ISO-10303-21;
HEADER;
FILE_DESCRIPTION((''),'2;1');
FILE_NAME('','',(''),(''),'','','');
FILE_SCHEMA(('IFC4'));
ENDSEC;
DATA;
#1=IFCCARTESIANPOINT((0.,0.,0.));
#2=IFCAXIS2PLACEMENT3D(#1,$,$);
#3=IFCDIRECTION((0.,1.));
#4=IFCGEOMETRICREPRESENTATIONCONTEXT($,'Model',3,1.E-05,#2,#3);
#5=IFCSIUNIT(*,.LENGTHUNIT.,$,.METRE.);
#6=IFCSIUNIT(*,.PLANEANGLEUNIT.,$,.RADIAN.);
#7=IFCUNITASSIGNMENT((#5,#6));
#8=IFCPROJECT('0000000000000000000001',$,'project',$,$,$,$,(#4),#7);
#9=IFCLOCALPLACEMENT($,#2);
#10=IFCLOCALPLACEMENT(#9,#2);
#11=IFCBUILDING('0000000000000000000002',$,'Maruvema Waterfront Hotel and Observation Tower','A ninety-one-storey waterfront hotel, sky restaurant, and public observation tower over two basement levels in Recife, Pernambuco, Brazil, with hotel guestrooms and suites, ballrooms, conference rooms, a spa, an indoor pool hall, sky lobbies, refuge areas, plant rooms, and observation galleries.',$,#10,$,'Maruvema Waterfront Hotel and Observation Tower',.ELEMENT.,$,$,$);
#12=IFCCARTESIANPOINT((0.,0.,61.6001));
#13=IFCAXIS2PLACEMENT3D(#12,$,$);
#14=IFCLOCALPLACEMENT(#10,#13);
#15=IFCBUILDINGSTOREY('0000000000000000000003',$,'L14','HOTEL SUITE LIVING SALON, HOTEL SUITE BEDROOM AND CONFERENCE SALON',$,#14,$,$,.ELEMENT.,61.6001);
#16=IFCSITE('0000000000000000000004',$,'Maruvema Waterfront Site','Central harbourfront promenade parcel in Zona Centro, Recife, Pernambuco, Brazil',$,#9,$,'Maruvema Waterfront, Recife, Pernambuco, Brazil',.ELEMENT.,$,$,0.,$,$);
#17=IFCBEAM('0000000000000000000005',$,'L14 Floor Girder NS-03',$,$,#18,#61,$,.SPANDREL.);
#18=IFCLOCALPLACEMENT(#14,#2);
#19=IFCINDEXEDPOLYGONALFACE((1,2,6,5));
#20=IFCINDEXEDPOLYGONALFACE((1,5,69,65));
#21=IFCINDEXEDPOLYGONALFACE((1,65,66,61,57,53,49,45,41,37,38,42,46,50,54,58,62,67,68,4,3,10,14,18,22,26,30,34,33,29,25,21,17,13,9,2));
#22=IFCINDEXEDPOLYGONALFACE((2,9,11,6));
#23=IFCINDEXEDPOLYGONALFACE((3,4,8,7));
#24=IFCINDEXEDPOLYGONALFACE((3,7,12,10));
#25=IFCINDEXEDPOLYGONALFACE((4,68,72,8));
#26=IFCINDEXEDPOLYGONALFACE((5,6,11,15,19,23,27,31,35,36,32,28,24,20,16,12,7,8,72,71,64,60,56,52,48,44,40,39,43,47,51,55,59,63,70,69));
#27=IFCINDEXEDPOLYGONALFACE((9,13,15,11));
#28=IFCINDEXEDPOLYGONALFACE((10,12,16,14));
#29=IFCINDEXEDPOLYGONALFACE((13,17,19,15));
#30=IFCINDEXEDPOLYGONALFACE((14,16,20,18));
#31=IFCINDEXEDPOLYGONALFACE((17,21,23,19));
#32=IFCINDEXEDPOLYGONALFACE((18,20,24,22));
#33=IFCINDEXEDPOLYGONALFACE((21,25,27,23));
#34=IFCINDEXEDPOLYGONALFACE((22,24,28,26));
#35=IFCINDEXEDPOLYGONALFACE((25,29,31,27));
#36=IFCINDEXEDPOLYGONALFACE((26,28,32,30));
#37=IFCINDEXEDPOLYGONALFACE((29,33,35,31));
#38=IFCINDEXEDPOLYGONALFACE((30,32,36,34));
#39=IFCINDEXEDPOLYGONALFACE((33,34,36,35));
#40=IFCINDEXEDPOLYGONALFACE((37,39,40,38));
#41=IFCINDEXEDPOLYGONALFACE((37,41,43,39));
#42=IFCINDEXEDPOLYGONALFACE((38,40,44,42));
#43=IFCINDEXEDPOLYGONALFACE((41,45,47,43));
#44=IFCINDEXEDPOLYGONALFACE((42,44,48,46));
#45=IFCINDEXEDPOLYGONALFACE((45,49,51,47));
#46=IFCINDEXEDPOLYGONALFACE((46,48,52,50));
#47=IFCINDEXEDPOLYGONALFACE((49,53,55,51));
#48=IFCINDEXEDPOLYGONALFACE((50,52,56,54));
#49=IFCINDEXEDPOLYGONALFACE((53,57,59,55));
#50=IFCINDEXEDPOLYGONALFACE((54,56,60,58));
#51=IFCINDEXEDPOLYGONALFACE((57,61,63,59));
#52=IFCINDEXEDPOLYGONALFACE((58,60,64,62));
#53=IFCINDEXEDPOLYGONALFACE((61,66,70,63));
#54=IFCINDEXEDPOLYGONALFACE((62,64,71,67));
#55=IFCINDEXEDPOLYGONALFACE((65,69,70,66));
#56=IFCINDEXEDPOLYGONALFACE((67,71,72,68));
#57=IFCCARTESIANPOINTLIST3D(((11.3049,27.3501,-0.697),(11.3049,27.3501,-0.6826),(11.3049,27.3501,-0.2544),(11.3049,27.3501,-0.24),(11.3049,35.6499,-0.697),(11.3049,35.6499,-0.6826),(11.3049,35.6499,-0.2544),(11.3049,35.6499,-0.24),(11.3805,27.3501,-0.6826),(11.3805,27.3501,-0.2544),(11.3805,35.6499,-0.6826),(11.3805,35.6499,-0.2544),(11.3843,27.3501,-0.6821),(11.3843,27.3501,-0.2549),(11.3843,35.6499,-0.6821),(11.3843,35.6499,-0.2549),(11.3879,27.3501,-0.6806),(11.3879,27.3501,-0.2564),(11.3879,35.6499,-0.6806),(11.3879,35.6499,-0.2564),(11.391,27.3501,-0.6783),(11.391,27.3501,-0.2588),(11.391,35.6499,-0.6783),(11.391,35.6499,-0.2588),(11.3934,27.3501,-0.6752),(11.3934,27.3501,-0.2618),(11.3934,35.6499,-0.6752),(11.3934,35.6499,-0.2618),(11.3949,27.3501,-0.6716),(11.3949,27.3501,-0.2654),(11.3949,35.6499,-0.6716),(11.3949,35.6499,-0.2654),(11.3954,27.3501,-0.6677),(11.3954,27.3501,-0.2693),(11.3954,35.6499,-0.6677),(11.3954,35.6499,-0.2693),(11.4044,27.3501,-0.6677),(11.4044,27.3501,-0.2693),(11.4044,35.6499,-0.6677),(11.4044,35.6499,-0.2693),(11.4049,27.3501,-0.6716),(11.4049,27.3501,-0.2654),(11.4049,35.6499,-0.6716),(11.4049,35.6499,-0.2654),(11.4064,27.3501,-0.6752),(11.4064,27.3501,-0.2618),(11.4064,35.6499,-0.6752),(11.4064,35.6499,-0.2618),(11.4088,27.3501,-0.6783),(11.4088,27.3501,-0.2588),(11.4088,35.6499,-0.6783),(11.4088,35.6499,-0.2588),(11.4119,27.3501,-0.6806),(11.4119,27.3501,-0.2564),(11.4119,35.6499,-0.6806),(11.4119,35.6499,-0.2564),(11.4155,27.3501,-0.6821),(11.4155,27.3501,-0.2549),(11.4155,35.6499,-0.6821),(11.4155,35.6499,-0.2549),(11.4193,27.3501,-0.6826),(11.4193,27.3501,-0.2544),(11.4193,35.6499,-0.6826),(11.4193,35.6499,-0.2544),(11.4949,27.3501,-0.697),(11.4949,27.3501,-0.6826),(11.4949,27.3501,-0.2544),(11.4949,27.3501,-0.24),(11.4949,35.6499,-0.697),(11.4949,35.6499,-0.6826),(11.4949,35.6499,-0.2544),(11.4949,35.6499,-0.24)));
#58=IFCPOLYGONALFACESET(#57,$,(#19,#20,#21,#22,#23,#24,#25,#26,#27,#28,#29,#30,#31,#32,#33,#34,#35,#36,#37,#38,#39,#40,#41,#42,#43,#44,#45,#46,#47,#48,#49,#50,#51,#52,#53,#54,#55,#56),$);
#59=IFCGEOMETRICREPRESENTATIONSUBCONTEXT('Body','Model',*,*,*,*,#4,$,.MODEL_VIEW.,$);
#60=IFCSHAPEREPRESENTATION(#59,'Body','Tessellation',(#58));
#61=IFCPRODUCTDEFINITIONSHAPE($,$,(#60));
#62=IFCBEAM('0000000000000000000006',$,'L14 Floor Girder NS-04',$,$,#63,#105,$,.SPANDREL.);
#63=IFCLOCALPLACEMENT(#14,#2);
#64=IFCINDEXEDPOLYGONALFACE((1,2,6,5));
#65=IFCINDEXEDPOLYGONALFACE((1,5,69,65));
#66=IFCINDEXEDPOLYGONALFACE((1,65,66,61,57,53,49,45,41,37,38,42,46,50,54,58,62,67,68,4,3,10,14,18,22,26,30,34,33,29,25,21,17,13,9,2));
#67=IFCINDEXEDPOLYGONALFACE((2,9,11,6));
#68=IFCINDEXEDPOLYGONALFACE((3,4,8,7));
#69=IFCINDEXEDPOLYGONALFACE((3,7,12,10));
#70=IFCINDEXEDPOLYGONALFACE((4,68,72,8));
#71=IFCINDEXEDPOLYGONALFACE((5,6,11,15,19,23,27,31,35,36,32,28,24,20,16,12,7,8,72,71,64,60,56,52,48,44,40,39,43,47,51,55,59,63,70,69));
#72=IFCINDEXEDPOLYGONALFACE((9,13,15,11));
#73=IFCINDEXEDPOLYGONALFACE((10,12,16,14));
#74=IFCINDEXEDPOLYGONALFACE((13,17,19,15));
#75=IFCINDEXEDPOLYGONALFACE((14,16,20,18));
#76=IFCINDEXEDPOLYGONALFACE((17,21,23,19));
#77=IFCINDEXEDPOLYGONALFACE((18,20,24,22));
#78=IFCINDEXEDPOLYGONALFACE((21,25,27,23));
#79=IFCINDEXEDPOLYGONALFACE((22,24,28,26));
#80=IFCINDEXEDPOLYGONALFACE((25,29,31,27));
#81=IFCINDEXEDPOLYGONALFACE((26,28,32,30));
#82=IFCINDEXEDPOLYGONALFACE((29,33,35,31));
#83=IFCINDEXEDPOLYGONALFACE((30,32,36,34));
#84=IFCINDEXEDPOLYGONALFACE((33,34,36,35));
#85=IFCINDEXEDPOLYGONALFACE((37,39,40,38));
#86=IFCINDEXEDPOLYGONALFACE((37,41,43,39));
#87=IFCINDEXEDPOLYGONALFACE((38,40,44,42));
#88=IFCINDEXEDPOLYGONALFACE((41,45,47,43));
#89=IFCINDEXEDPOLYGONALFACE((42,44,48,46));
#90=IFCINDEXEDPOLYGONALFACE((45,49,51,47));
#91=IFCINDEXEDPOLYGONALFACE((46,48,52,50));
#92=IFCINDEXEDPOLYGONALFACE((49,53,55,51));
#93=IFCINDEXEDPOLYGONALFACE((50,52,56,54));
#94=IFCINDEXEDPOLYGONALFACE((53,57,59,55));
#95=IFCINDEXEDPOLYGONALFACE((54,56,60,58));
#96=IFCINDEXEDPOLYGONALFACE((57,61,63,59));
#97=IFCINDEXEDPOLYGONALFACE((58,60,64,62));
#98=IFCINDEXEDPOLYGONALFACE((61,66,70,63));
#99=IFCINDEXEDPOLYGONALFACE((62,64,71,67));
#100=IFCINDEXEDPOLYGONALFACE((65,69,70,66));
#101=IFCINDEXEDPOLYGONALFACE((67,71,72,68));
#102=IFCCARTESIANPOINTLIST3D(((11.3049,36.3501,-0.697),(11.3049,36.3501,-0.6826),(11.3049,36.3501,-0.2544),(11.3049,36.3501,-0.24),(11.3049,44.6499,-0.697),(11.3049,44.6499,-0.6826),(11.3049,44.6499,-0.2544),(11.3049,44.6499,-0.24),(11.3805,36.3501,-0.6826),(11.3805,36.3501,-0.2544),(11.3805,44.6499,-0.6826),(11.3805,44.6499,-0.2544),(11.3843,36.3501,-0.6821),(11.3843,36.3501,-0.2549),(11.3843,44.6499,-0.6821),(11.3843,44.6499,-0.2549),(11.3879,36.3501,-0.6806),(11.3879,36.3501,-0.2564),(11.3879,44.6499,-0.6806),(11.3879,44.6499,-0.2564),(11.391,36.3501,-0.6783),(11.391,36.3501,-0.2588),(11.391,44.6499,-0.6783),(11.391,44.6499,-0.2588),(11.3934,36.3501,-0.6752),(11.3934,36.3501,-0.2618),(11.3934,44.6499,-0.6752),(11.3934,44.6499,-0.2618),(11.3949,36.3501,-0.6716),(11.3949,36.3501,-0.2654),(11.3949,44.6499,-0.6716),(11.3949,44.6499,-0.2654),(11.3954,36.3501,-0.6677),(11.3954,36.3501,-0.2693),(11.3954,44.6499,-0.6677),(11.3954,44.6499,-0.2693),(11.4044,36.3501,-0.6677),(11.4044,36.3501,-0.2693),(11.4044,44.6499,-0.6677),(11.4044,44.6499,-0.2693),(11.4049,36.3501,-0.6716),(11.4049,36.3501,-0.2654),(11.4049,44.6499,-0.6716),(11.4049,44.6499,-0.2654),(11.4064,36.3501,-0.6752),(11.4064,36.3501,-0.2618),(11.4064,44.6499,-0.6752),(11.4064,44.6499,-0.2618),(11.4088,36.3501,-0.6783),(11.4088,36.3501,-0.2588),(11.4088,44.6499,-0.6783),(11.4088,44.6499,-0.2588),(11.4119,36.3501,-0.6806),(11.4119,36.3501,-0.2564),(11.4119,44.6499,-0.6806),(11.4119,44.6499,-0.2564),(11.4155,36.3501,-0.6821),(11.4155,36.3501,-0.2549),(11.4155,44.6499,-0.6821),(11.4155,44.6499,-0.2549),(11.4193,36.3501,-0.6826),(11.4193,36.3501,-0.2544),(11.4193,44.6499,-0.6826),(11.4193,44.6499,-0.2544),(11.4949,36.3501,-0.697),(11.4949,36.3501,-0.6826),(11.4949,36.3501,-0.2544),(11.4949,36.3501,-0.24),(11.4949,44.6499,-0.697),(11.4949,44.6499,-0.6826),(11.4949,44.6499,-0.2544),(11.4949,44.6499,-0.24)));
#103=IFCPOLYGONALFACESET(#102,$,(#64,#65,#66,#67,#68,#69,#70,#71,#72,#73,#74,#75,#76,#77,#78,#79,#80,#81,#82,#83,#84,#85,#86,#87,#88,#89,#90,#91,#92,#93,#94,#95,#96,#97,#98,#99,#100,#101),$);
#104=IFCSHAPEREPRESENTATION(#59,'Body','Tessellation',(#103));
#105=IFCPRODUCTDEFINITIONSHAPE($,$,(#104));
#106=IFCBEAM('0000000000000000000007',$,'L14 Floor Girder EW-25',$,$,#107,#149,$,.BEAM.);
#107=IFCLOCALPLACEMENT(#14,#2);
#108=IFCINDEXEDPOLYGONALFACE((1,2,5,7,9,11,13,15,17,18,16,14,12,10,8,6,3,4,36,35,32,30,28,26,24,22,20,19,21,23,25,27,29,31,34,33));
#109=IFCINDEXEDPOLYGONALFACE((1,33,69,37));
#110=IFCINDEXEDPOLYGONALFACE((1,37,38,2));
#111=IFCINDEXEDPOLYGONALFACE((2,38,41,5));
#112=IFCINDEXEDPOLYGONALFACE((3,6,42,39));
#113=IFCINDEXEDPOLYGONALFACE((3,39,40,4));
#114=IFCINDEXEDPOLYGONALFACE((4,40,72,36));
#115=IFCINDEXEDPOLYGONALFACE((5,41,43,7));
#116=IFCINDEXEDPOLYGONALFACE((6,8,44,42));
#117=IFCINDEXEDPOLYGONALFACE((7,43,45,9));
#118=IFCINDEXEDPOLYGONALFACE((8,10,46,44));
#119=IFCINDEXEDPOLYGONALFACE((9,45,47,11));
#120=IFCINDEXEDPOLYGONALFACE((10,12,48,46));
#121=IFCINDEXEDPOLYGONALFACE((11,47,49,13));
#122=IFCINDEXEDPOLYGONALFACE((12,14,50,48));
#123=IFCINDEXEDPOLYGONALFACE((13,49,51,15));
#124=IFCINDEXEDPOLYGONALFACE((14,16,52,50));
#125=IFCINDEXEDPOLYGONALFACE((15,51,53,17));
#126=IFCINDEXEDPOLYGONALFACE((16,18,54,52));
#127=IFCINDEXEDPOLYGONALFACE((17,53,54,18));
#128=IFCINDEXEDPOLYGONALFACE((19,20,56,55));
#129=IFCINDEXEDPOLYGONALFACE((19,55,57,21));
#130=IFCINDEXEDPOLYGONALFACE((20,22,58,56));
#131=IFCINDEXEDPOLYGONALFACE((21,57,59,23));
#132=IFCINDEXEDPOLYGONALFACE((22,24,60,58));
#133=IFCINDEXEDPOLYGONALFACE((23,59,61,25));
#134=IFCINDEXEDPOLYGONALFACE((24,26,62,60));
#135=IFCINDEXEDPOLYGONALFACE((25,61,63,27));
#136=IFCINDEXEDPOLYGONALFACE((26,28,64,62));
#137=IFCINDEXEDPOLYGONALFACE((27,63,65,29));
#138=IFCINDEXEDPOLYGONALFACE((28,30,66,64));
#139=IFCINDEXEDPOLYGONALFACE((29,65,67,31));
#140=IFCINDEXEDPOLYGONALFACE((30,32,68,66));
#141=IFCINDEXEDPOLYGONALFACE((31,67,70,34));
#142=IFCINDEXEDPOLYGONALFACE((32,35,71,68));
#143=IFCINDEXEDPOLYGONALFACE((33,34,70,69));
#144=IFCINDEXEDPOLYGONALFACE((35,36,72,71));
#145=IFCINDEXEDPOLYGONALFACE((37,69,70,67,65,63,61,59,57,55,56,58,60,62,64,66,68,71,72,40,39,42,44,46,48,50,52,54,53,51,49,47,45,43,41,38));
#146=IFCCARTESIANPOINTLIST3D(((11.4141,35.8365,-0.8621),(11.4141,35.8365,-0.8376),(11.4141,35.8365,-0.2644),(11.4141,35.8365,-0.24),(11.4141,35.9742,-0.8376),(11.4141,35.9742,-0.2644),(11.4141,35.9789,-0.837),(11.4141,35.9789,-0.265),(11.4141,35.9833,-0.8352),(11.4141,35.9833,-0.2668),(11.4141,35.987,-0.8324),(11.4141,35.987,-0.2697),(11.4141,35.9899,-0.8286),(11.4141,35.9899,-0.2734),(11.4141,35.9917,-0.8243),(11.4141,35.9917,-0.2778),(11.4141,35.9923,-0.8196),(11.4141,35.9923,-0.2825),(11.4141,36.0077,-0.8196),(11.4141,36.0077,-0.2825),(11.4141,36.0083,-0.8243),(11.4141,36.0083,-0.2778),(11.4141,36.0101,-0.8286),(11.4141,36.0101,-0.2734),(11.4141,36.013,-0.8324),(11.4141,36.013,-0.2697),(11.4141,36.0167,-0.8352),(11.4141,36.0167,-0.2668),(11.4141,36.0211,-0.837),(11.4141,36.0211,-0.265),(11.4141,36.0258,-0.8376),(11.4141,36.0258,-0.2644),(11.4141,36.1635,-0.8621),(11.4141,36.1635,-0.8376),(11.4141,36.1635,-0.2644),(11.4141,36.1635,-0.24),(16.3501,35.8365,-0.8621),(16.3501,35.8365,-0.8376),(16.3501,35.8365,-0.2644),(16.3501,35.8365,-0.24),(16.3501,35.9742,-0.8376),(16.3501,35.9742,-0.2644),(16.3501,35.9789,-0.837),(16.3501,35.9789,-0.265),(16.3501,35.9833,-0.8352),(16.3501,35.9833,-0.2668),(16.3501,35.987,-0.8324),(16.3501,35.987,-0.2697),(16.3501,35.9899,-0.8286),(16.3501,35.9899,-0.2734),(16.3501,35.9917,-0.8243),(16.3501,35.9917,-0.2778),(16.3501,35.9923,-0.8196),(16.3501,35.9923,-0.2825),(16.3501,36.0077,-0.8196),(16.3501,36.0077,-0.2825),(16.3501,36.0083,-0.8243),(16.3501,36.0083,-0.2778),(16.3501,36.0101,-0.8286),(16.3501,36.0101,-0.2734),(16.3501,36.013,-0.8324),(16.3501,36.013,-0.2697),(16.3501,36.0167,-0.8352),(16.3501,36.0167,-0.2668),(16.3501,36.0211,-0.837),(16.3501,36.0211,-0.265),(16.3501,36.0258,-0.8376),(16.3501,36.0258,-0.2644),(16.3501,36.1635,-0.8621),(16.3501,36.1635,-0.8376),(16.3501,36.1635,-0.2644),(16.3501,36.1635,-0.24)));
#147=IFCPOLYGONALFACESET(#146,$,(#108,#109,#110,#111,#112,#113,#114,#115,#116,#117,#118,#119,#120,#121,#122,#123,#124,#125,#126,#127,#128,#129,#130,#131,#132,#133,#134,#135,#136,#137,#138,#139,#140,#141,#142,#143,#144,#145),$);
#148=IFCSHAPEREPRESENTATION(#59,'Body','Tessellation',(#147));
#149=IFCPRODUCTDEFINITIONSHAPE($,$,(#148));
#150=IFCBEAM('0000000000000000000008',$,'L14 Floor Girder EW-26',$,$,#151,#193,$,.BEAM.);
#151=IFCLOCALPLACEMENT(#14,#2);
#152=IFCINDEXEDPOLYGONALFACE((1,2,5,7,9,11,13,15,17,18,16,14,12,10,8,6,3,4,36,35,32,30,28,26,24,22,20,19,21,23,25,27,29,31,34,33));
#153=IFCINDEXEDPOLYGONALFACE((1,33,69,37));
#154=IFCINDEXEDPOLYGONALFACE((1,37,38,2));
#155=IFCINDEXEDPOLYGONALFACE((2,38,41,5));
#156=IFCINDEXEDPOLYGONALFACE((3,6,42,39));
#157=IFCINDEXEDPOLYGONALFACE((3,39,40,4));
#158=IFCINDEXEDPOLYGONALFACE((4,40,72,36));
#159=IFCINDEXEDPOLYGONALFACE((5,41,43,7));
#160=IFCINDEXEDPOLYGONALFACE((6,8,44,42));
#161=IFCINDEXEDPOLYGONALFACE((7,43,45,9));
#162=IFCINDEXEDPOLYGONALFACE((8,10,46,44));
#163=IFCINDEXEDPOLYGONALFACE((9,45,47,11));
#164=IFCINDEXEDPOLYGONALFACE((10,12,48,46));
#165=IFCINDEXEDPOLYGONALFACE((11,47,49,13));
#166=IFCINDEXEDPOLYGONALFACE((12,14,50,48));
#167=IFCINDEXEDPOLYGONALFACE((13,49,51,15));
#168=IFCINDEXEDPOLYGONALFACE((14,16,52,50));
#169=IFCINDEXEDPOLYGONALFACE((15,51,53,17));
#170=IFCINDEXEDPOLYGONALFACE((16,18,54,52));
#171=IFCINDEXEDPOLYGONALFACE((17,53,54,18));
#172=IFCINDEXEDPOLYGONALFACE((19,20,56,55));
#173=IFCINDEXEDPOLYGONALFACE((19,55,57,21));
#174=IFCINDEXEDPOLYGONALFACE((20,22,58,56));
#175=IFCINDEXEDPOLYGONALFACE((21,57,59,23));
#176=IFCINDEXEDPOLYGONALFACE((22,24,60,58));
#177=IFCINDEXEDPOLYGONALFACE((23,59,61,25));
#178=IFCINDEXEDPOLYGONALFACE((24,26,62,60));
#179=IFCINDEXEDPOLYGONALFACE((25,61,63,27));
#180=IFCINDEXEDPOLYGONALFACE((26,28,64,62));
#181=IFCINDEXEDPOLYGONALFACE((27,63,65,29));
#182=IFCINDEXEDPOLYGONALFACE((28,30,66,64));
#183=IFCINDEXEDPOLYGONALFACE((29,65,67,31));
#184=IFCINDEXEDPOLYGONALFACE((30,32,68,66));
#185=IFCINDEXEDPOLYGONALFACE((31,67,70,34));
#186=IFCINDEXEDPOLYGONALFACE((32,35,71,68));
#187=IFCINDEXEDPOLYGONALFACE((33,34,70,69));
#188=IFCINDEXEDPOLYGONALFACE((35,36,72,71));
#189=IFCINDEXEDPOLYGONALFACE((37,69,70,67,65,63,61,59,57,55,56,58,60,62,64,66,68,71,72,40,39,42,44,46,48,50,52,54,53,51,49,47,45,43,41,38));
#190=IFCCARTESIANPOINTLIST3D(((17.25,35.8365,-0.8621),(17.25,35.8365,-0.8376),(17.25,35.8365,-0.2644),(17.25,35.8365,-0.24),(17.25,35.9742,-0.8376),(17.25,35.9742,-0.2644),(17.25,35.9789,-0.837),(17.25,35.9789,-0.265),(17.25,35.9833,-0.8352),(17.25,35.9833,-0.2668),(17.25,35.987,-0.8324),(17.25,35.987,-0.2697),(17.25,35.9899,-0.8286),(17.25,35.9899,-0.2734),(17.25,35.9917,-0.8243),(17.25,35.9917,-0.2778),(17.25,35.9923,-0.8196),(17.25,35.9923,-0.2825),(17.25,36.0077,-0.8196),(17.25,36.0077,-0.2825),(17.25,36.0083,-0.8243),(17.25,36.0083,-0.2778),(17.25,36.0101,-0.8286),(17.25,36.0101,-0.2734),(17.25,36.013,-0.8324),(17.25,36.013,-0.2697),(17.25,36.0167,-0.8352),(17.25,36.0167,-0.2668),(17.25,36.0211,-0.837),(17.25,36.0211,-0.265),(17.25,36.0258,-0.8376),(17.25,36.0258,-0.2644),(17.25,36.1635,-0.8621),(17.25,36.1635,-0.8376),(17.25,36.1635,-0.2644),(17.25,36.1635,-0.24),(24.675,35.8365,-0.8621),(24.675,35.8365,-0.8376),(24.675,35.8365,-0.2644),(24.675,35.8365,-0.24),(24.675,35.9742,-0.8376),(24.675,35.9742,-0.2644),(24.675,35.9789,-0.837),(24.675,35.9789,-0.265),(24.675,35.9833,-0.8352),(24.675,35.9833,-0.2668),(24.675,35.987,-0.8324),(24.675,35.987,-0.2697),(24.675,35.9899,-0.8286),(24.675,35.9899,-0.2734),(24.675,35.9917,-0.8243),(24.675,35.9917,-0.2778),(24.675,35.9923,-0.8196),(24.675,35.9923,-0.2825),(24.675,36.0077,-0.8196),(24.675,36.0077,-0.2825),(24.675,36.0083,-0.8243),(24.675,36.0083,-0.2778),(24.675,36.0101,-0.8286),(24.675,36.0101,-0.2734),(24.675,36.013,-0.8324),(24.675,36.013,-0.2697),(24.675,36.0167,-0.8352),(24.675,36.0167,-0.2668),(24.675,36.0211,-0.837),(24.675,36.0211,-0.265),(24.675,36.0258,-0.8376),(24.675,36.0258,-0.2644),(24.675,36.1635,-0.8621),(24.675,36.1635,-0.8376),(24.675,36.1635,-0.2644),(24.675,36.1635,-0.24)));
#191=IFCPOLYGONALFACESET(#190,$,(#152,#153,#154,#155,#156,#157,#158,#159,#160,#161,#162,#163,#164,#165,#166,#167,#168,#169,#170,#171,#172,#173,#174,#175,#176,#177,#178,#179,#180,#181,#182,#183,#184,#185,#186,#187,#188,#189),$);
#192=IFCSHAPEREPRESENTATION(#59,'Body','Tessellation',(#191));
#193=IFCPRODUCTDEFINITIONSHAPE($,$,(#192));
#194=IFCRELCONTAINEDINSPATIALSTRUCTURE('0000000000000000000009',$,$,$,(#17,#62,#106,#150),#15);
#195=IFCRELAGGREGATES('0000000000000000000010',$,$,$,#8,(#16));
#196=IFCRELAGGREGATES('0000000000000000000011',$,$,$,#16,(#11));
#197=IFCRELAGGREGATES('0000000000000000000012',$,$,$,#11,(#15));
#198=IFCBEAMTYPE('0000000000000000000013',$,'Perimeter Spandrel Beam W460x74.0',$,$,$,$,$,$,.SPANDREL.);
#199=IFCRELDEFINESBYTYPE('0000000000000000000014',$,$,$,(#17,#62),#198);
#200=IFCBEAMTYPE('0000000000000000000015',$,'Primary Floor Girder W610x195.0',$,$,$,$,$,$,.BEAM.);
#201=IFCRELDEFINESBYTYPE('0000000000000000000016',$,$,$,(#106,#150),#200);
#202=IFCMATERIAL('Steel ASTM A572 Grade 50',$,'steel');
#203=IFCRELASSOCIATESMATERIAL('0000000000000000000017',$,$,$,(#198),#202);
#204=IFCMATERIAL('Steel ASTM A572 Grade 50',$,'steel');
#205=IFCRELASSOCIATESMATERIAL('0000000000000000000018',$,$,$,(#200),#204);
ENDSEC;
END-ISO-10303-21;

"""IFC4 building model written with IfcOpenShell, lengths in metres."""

from ifc_helpers import new_model, si_unit, direction, frame, origin, origin_2d, place, context, subcontext, project, spatial, i_section, extrude, material, material_profile, profile_set, type_object, element, save


model = new_model("IFC4")

# Units and contexts
model_context = context("Model", 3, precision=1e-05, world=origin(), true_north=direction((0.0, 1.0)))
body_context = subcontext(model_context, "Body", "Model", "MODEL_VIEW")
ifc_project = project(units=[si_unit("LENGTHUNIT", "METRE"), si_unit("PLANEANGLEUNIT", "RADIAN")], contexts=[model_context])

# Site, building, storey
site_placement = place(None, origin())
site = spatial("IfcSite", under=ifc_project, at=site_placement, Name="Maruvema Waterfront Site", Description="Central harbourfront promenade parcel in Zona Centro, Recife, Pernambuco, Brazil", LongName="Maruvema Waterfront, Recife, Pernambuco, Brazil", CompositionType="ELEMENT", RefElevation=0.0)
building_placement = place(site_placement, origin())
building = spatial("IfcBuilding", under=site, at=building_placement, Name="Maruvema Waterfront Hotel and Observation Tower", Description="A ninety-one-storey waterfront hotel, sky restaurant, and public observation tower over two basement levels in Recife, Pernambuco, Brazil, with hotel guestrooms and suites, ballrooms, conference rooms, a spa, an indoor pool hall, sky lobbies, refuge areas, plant rooms, and observation galleries.", LongName="Maruvema Waterfront Hotel and Observation Tower", CompositionType="ELEMENT")
storey_placement = place(building_placement, frame((0.0, 0.0, 61.6001)))
storey = spatial("IfcBuildingStorey", under=building, at=storey_placement, Name="L14", Description="HOTEL SUITE LIVING SALON, HOTEL SUITE BEDROOM AND CONFERENCE SALON", CompositionType="ELEMENT", Elevation=61.6001)

# Beams
ifc_material_1 = material(Name="Steel ASTM A572 Grade 50", Category="steel")
ifc_material_profile_1 = material_profile(ifc_material_1, i_section(OverallWidth=0.1899, OverallDepth=0.457, WebThickness=0.009, FlangeThickness=0.0144, FilletRadius=0.0149, at=origin_2d()), Name="W460x74.0")
ifc_profile_set_1 = profile_set([ifc_material_profile_1], Name="Steel ASTM A572 Grade 50")
beam_type_1 = type_object("IfcBeamType", Name="Perimeter Spandrel Beam W460x74.0", PredefinedType="SPANDREL", material=ifc_profile_set_1)
for number, where, z_axis, x_axis, name in (
    (1, (11.3999, 27.3501, -0.4685), (0.0, 1.0, 0.0), (-1.0, 0.0, 0.0), "L14 Floor Girder NS-03"),
    (2, (11.3999, 36.3501, -0.4685), (0.0, 1.0, 0.0), (-1.0, 0.0, 0.0), "L14 Floor Girder NS-04"),
):
    element("IfcBeam", number, at=place(storey_placement, frame(where, z_axis=z_axis, x_axis=x_axis)), inside=storey, type_object=beam_type_1, Name=name, PredefinedType="SPANDREL", context=body_context, shape_type="SweptSolid", body=[
        extrude(i_section(OverallWidth=0.1899, OverallDepth=0.457, WebThickness=0.009, FlangeThickness=0.0144, FilletRadius=0.0149, at=origin_2d()), origin(), (0.0, 0.0, 1.0), 8.2998),
    ])
ifc_material_2 = material(Name="Steel ASTM A572 Grade 50", Category="steel")
ifc_material_profile_2 = material_profile(ifc_material_2, i_section(OverallWidth=0.3269, OverallDepth=0.6221, WebThickness=0.0154, FlangeThickness=0.0244, FilletRadius=0.0181, at=origin_2d()), Name="W610x195.0")
ifc_profile_set_2 = profile_set([ifc_material_profile_2], Name="Steel ASTM A572 Grade 50")
beam_type_2 = type_object("IfcBeamType", Name="Primary Floor Girder W610x195.0", PredefinedType="BEAM", material=ifc_profile_set_2)
beam_1_placement = place(storey_placement, frame((11.4141, 36.0, -0.551), z_axis=(1.0, 0.0, 0.0), x_axis=(0.0, 1.0, 0.0)))
element("IfcBeam", 3, at=beam_1_placement, inside=storey, type_object=beam_type_2, Name="L14 Floor Girder EW-25", PredefinedType="BEAM", context=body_context, shape_type="SweptSolid", body=[
    extrude(i_section(OverallWidth=0.3269, OverallDepth=0.6221, WebThickness=0.0154, FlangeThickness=0.0244, FilletRadius=0.0181, at=origin_2d()), origin(), (0.0, 0.0, 1.0), 4.936),
])
beam_2_placement = place(storey_placement, frame((17.25, 36.0, -0.551), z_axis=(1.0, 0.0, 0.0), x_axis=(0.0, 1.0, 0.0)))
element("IfcBeam", 4, at=beam_2_placement, inside=storey, type_object=beam_type_2, Name="L14 Floor Girder EW-26", PredefinedType="BEAM", context=body_context, shape_type="SweptSolid", body=[
    extrude(i_section(OverallWidth=0.3269, OverallDepth=0.6221, WebThickness=0.0154, FlangeThickness=0.0244, FilletRadius=0.0181, at=origin_2d()), origin(), (0.0, 0.0, 1.0), 7.425),
])

save(model, "model.ifc")
